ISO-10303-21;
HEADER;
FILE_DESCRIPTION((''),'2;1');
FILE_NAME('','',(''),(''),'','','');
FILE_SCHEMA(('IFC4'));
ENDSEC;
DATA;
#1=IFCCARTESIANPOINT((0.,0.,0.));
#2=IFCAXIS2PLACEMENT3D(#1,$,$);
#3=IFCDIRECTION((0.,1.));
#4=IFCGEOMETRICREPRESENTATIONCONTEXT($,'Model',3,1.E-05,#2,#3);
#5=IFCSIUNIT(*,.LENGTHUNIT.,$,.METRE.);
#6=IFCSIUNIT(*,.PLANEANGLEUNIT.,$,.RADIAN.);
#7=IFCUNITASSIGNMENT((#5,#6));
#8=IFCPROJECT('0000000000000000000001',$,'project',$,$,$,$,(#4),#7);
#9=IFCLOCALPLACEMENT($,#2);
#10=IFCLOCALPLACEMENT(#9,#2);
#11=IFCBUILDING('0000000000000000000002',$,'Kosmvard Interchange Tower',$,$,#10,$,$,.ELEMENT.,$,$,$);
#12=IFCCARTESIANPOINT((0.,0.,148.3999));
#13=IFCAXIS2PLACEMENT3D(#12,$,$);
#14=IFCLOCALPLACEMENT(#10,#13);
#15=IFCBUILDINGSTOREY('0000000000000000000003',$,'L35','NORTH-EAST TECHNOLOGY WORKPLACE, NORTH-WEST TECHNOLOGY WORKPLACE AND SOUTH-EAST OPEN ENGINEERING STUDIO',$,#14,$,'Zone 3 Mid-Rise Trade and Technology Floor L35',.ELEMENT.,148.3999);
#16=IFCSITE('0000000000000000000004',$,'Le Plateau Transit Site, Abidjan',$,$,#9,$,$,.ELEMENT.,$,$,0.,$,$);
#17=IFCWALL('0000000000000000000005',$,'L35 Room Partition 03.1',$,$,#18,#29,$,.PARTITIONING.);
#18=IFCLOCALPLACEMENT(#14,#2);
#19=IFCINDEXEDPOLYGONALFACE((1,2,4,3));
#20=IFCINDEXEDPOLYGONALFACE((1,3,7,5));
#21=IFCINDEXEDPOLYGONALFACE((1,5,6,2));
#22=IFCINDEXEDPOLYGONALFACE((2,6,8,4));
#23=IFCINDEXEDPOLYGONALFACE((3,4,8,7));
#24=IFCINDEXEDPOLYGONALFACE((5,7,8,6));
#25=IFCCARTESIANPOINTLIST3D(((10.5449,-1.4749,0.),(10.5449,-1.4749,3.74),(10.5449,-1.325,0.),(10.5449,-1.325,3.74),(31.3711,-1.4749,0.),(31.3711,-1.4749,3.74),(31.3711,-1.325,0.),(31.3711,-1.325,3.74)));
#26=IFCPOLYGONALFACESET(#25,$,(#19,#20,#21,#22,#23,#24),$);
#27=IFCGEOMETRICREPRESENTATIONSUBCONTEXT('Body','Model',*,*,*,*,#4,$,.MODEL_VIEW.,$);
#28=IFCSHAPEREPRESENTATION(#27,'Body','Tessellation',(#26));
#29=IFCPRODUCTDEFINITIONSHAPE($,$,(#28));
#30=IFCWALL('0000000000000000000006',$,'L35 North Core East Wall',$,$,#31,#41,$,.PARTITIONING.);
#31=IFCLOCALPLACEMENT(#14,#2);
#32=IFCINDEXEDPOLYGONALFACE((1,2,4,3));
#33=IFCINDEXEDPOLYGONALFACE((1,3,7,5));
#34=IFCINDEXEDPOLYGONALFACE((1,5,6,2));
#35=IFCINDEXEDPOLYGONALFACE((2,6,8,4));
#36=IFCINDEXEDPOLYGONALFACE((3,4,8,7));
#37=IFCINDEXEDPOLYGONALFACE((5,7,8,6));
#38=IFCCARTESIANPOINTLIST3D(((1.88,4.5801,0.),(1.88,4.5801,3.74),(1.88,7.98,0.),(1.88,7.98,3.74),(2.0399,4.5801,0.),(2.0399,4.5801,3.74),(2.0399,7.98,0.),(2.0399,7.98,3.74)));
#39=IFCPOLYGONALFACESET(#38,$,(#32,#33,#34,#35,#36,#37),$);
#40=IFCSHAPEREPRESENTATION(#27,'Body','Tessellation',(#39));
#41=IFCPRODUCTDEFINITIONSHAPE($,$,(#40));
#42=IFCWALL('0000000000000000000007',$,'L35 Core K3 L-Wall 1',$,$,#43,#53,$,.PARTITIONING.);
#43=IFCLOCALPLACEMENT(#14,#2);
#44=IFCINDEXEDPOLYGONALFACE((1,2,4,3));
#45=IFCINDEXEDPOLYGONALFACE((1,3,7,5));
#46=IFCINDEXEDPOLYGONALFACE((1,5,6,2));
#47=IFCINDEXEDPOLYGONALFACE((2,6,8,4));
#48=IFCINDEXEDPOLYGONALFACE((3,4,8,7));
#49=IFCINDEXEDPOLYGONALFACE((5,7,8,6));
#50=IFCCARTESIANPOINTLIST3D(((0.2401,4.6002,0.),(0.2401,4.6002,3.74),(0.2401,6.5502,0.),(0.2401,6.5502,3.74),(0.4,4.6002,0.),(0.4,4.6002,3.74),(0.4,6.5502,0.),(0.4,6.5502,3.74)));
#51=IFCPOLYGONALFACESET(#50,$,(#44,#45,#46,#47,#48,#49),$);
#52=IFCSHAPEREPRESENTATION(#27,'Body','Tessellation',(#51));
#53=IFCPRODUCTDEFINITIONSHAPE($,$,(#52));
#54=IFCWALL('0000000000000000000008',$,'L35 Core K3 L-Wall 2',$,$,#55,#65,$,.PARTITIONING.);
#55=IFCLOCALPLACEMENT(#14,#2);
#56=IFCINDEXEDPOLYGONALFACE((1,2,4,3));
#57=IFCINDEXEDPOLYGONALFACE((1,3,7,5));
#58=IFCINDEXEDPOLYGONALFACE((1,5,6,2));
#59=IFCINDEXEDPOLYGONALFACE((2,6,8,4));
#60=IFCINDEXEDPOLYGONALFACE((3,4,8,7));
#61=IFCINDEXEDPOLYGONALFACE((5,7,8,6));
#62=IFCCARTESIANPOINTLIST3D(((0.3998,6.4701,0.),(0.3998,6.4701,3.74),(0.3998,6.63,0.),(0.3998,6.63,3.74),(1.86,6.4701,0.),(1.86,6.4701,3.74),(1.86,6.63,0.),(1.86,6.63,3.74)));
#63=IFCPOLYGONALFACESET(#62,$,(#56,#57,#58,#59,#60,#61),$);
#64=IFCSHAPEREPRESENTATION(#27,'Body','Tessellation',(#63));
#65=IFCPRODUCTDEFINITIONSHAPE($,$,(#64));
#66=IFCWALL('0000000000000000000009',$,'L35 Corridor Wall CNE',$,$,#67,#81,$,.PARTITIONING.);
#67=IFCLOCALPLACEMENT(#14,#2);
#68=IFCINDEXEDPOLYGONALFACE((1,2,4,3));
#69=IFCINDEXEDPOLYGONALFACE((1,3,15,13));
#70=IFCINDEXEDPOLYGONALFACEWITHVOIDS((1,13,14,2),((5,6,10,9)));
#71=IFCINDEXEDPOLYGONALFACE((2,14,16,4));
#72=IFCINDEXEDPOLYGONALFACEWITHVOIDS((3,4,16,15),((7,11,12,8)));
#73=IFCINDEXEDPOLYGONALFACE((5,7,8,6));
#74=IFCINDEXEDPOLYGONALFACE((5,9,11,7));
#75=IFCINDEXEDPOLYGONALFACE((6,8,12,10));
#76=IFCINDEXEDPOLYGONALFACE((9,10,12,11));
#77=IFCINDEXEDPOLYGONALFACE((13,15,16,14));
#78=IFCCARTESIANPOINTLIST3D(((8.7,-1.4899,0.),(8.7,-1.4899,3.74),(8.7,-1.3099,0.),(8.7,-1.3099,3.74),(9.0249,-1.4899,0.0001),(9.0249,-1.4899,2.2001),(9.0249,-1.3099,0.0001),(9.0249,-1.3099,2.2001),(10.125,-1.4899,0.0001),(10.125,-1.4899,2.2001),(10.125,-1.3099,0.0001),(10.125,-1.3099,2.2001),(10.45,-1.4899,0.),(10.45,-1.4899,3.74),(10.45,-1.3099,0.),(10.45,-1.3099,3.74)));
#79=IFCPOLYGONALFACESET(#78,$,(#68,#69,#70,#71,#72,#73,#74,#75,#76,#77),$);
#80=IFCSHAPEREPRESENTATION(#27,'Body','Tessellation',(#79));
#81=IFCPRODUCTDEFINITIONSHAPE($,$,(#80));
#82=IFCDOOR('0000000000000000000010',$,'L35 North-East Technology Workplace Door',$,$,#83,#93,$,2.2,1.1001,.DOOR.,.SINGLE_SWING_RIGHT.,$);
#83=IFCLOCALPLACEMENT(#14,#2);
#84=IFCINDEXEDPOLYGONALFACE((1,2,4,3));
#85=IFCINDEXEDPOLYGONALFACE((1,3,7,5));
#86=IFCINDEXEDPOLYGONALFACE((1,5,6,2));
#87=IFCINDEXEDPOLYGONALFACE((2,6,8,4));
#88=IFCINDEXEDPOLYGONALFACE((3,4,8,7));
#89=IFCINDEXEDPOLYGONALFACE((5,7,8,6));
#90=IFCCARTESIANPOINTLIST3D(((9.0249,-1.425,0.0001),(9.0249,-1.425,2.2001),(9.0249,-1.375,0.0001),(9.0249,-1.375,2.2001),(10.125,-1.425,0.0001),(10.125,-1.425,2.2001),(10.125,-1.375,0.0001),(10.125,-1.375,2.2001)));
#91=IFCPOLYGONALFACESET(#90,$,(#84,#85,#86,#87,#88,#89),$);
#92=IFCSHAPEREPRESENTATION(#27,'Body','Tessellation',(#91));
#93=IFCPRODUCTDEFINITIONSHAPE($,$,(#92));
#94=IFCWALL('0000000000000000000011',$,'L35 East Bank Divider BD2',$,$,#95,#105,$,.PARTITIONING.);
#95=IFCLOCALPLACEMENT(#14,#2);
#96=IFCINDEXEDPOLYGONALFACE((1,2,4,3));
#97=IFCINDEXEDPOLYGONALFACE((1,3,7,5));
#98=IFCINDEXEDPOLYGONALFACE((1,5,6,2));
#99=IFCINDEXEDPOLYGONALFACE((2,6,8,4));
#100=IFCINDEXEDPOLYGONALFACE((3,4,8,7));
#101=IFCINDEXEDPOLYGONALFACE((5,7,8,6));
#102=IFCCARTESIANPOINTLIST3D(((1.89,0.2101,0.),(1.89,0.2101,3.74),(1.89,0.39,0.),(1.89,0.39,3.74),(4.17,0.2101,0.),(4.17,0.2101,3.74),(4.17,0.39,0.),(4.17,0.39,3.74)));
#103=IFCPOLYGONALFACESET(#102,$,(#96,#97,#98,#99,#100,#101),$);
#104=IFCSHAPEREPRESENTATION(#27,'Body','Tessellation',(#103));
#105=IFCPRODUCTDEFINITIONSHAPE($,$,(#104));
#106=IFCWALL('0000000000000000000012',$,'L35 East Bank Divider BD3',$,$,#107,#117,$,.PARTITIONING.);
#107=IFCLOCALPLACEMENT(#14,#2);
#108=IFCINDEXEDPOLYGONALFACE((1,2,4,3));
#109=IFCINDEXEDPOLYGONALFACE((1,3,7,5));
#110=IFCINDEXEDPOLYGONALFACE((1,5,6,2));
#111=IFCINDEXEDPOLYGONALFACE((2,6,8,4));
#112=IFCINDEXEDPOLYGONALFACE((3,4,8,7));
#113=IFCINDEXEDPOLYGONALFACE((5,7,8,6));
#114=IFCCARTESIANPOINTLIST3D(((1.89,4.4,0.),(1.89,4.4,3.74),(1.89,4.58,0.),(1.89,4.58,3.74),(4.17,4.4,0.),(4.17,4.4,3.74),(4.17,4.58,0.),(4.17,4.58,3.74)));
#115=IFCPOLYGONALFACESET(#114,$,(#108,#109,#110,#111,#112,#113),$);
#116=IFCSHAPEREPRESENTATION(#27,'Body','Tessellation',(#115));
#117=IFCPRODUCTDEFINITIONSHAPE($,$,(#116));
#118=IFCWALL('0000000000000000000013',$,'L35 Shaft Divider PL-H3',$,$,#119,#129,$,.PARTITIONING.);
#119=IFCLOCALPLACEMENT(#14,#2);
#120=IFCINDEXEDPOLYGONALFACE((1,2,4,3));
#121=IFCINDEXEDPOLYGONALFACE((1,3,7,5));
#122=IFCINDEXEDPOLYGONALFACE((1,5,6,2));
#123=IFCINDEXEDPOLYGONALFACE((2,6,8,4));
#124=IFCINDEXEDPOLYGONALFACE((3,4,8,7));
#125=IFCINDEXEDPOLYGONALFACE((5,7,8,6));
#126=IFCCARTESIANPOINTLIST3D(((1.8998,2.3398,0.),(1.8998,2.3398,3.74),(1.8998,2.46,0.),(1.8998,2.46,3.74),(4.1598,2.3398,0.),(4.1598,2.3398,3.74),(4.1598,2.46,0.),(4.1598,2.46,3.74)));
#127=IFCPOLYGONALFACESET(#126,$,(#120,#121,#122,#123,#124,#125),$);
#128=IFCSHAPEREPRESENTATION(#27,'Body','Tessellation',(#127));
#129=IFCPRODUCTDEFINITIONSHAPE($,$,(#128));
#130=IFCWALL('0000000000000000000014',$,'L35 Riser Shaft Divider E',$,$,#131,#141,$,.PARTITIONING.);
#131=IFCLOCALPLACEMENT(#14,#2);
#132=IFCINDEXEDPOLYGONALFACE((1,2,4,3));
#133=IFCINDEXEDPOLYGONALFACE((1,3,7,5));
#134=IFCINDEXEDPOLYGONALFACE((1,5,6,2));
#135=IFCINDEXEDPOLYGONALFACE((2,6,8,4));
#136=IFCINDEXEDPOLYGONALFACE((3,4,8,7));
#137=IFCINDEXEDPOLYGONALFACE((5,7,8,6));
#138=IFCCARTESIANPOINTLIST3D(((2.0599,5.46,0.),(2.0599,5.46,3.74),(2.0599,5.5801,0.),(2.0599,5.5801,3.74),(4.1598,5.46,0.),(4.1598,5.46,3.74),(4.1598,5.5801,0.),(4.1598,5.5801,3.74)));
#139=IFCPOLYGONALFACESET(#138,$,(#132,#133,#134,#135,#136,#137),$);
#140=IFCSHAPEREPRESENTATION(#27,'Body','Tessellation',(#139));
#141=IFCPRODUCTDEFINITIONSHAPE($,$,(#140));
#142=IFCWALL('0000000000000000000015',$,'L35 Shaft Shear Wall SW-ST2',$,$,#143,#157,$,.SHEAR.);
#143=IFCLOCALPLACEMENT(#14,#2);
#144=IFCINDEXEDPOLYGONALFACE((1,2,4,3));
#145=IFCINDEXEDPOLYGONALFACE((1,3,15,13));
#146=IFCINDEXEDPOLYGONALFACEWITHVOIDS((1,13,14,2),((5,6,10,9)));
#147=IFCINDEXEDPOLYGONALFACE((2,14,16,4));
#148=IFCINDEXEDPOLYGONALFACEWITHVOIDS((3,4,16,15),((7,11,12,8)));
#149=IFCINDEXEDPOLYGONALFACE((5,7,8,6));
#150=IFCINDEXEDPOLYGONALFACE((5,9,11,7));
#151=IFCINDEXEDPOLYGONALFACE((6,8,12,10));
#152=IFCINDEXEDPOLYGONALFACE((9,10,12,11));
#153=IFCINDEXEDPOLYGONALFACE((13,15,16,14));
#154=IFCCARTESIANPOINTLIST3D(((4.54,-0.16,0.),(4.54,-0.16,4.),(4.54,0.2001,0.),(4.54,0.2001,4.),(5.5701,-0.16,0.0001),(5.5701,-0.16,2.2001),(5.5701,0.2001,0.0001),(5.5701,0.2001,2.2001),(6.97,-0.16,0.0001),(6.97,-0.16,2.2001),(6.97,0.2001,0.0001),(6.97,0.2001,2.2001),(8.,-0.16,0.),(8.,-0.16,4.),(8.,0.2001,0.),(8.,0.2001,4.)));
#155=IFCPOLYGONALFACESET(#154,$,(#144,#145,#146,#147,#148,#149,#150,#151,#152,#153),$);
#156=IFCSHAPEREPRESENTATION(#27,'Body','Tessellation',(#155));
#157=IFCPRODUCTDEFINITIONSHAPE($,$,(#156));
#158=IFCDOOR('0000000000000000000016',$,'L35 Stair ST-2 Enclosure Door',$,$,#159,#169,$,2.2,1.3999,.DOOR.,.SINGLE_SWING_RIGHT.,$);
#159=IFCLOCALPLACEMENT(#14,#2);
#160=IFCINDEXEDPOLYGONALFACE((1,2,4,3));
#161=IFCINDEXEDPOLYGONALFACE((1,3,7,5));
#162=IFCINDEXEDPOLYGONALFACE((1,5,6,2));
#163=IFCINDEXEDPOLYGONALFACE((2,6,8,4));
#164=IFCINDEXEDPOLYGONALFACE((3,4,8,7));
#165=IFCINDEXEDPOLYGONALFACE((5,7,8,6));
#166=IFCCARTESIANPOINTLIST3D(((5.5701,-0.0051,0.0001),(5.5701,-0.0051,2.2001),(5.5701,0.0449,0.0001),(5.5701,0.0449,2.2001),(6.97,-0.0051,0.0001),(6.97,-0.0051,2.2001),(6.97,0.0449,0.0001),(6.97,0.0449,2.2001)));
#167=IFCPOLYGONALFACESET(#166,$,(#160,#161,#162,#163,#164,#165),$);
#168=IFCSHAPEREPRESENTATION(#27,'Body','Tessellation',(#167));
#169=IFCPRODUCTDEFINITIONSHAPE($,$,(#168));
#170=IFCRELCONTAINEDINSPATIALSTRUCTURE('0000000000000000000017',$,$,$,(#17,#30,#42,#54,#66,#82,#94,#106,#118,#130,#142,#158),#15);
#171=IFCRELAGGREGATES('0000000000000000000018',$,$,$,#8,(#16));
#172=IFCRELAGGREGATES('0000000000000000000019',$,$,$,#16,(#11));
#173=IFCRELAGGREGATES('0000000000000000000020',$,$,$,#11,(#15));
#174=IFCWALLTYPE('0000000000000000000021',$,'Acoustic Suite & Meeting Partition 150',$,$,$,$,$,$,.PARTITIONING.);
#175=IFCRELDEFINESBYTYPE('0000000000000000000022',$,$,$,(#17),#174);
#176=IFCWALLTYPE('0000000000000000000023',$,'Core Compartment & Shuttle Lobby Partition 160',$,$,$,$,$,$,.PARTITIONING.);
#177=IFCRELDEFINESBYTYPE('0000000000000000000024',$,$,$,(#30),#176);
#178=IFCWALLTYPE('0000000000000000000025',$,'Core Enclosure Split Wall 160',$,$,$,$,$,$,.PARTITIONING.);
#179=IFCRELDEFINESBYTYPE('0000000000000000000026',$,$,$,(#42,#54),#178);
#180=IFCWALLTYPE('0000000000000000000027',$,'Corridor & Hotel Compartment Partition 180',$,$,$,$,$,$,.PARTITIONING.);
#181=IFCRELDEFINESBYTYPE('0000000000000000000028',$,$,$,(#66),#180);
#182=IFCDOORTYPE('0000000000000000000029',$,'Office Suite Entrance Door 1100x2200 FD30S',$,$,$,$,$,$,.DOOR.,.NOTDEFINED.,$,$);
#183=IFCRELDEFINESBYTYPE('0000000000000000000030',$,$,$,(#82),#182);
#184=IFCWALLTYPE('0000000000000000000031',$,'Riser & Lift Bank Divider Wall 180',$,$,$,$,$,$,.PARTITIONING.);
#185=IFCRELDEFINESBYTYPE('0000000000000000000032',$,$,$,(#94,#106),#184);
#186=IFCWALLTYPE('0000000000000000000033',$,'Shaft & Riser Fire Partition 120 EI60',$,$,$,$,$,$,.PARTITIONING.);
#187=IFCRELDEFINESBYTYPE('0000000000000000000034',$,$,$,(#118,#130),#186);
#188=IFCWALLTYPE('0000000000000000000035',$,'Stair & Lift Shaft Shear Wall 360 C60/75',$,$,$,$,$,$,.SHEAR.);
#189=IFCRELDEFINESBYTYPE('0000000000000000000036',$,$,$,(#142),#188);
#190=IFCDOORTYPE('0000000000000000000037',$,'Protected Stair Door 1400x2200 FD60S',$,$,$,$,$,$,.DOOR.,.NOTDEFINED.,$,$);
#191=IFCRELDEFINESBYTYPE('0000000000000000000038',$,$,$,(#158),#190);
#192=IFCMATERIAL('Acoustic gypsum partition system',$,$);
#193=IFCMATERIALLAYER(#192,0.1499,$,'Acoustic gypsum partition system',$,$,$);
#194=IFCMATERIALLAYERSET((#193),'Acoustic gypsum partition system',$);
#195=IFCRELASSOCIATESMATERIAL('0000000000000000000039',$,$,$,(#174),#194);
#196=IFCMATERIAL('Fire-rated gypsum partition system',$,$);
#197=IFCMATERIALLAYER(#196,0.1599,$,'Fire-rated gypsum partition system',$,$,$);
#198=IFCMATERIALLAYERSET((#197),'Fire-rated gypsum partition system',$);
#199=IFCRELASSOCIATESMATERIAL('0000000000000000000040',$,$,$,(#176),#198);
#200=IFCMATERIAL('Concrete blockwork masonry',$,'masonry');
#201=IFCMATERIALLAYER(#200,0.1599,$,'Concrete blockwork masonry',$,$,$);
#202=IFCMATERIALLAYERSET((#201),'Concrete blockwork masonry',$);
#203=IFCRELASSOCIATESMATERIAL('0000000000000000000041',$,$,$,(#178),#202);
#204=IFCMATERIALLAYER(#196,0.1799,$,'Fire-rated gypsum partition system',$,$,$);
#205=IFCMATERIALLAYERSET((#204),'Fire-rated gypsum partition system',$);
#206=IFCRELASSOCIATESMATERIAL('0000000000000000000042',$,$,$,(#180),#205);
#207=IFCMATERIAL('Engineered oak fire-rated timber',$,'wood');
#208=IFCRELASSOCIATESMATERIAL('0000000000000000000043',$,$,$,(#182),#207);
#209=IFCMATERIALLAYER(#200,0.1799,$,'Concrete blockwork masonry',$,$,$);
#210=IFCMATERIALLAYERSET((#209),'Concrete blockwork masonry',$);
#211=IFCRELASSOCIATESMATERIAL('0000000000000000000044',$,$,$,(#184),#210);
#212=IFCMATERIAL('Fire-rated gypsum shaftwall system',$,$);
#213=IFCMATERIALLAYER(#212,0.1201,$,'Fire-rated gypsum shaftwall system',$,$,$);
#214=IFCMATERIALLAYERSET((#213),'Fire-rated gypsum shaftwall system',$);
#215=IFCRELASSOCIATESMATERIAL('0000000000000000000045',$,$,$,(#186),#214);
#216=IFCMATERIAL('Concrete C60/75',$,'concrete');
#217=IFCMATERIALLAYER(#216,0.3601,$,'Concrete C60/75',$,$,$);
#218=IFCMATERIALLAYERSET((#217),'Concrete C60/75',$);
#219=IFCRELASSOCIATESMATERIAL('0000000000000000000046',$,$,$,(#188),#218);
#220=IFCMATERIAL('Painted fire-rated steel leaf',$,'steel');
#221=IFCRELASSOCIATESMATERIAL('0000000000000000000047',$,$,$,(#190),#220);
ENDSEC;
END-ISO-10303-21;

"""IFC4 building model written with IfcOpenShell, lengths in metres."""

from ifc_helpers import new_model, si_unit, direction, frame, frame_2d, origin, place, context, subcontext, project, spatial, rectangle, extrude, source, transform, mapped, material, layer, layer_set, type_object, element, fill, save


model = new_model("IFC4")

# Units and contexts
model_context = context("Model", 3, precision=1e-05, world=origin(), true_north=direction((0.0, 1.0)))
body_context = subcontext(model_context, "Body", "Model", "MODEL_VIEW")
ifc_project = project(units=[si_unit("LENGTHUNIT", "METRE"), si_unit("PLANEANGLEUNIT", "RADIAN")], contexts=[model_context])

# Site, building, storey
site_placement = place(None, origin())
site = spatial("IfcSite", under=ifc_project, at=site_placement, Name="Le Plateau Transit Site, Abidjan", CompositionType="ELEMENT", RefElevation=0.0)
building_placement = place(site_placement, origin())
building = spatial("IfcBuilding", under=site, at=building_placement, Name="Kosmvard Interchange Tower", CompositionType="ELEMENT")
storey_placement = place(building_placement, frame((0.0, 0.0, 148.3999)))
storey = spatial("IfcBuildingStorey", under=building, at=storey_placement, Name="L35", Description="NORTH-EAST TECHNOLOGY WORKPLACE, NORTH-WEST TECHNOLOGY WORKPLACE AND SOUTH-EAST OPEN ENGINEERING STUDIO", LongName="Zone 3 Mid-Rise Trade and Technology Floor L35", CompositionType="ELEMENT", Elevation=148.3999)

# Walls
ifc_material_1 = material(Name="Acoustic gypsum partition system")
ifc_layer_1 = layer(ifc_material_1, 0.1499, Name="Acoustic gypsum partition system")
ifc_layer_set_1 = layer_set([ifc_layer_1], Name="Acoustic gypsum partition system")
wall_type_1 = type_object("IfcWallType", Name="Acoustic Suite & Meeting Partition 150", PredefinedType="PARTITIONING", material=ifc_layer_set_1)
wall_1_placement = place(storey_placement, frame((10.5449, -1.3999, 0.0), z_axis=(0.0, 0.0, 1.0), x_axis=(1.0, 0.0, 0.0)))
element("IfcWall", 1, at=wall_1_placement, inside=storey, type_object=wall_type_1, Name="L35 Room Partition 03.1", PredefinedType="PARTITIONING", context=body_context, shape_type="SweptSolid", body=[
    extrude(rectangle(XDim=20.8262, YDim=0.1499, at=frame_2d((10.4131, 0.0))), origin(), (0.0, 0.0, 1.0), 3.74),
])
ifc_material_2 = material(Name="Fire-rated gypsum partition system")
ifc_layer_2 = layer(ifc_material_2, 0.1599, Name="Fire-rated gypsum partition system")
ifc_layer_set_2 = layer_set([ifc_layer_2], Name="Fire-rated gypsum partition system")
wall_type_2 = type_object("IfcWallType", Name="Core Compartment & Shuttle Lobby Partition 160", PredefinedType="PARTITIONING", material=ifc_layer_set_2)
wall_2_placement = place(storey_placement, frame((1.96, 4.5801, 0.0), z_axis=(0.0, 0.0, 1.0), x_axis=(0.0, 1.0, 0.0)))
element("IfcWall", 2, at=wall_2_placement, inside=storey, type_object=wall_type_2, Name="L35 North Core East Wall", PredefinedType="PARTITIONING", context=body_context, shape_type="SweptSolid", body=[
    extrude(rectangle(XDim=3.3999, YDim=0.1599, at=frame_2d((1.7, 0.0))), origin(), (0.0, 0.0, 1.0), 3.74),
])
ifc_material_3 = material(Name="Concrete blockwork masonry", Category="masonry")
ifc_layer_3 = layer(ifc_material_3, 0.1599, Name="Concrete blockwork masonry")
ifc_layer_set_3 = layer_set([ifc_layer_3], Name="Concrete blockwork masonry")
wall_type_3 = type_object("IfcWallType", Name="Core Enclosure Split Wall 160", PredefinedType="PARTITIONING", material=ifc_layer_set_3)
wall_3_placement = place(storey_placement, frame((0.3201, 4.6001, 0.0), z_axis=(0.0, 0.0, 1.0), x_axis=(0.0, 1.0, 0.0)))
element("IfcWall", 3, at=wall_3_placement, inside=storey, type_object=wall_type_3, Name="L35 Core K3 L-Wall 1", PredefinedType="PARTITIONING", context=body_context, shape_type="SweptSolid", body=[
    extrude(rectangle(XDim=1.95, YDim=0.1599, at=frame_2d((0.9751, 0.0))), origin(), (0.0, 0.0, 1.0), 3.74),
])
wall_4_placement = place(storey_placement, frame((0.3999, 6.55, 0.0), z_axis=(0.0, 0.0, 1.0), x_axis=(1.0, 0.0, 0.0)))
element("IfcWall", 4, at=wall_4_placement, inside=storey, type_object=wall_type_3, Name="L35 Core K3 L-Wall 2", PredefinedType="PARTITIONING", context=body_context, shape_type="SweptSolid", body=[
    extrude(rectangle(XDim=1.4602, YDim=0.1599, at=frame_2d((0.73, 0.0))), origin(), (0.0, 0.0, 1.0), 3.74),
])

# Wall, opening, door
ifc_layer_4 = layer(ifc_material_2, 0.1799, Name="Fire-rated gypsum partition system")
ifc_layer_set_4 = layer_set([ifc_layer_4], Name="Fire-rated gypsum partition system")
wall_type_4 = type_object("IfcWallType", Name="Corridor & Hotel Compartment Partition 180", PredefinedType="PARTITIONING", material=ifc_layer_set_4)
wall_5_placement = place(storey_placement, frame((8.7, -1.3999, 0.0), z_axis=(0.0, 0.0, 1.0), x_axis=(1.0, 0.0, 0.0)))
wall_5 = element("IfcWall", 5, at=wall_5_placement, inside=storey, type_object=wall_type_4, Name="L35 Corridor Wall CNE", PredefinedType="PARTITIONING", context=body_context, shape_type="SweptSolid", body=[
    extrude(rectangle(XDim=1.75, YDim=0.1799, at=frame_2d((0.875, 0.0))), origin(), (0.0, 0.0, 1.0), 3.74),
])
opening_1_placement = place(wall_5_placement, frame((0.325, 0.0, 0.0)))
opening_1 = element("IfcOpeningElement", 6, at=opening_1_placement, cuts=wall_5, PredefinedType="OPENING", context=body_context, shape_type="SweptSolid", body=[
    extrude(rectangle(XDim=1.1001, YDim=2.2, at=frame_2d((0.55, 1.1001))), frame((0.0, 0.1001, 0.0), z_axis=(0.0, -1.0, 0.0), x_axis=(1.0, 0.0, 0.0)), (0.0, 0.0, 1.0), 0.2),
])
ifc_material_4 = material(Name="Engineered oak fire-rated timber", Category="wood")
door_type_1 = type_object("IfcDoorType", Name="Office Suite Entrance Door 1100x2200 FD30S", OperationType="NOTDEFINED", PredefinedType="DOOR", material=ifc_material_4)
shared_shape_1 = source(origin(), body_context, "Body", "SweptSolid", [
    extrude(rectangle(XDim=1.1001, YDim=2.2, at=frame_2d((0.55, 1.1001))), frame((0.0, 0.0249, 0.0), z_axis=(0.0, -1.0, 0.0), x_axis=(1.0, 0.0, 0.0)), (0.0, 0.0, 1.0), 0.05),
])
door_1_placement = place(opening_1_placement, origin())
door_1 = element("IfcDoor", 7, at=door_1_placement, inside=storey, type_object=door_type_1, Name="L35 North-East Technology Workplace Door", OperationType="SINGLE_SWING_RIGHT", OverallHeight=2.2, OverallWidth=1.1001, PredefinedType="DOOR", context=body_context, shape_type="MappedRepresentation", body=[
    mapped(shared_shape_1, transform((0.0, 0.0, 0.0), scale=1.0)),
])
fill(opening_1, door_1)

# Walls
ifc_layer_5 = layer(ifc_material_3, 0.1799, Name="Concrete blockwork masonry")
ifc_layer_set_5 = layer_set([ifc_layer_5], Name="Concrete blockwork masonry")
wall_type_5 = type_object("IfcWallType", Name="Riser & Lift Bank Divider Wall 180", PredefinedType="PARTITIONING", material=ifc_layer_set_5)
for number, where, z_axis, x_axis, name in (
    (8, (1.8899, 0.3, 0.0), (0.0, 0.0, 1.0), (1.0, 0.0, 0.0), "L35 East Bank Divider BD2"),
    (9, (1.8899, 4.49, 0.0), (0.0, 0.0, 1.0), (1.0, 0.0, 0.0), "L35 East Bank Divider BD3"),
):
    element("IfcWall", number, at=place(storey_placement, frame(where, z_axis=z_axis, x_axis=x_axis)), inside=storey, type_object=wall_type_5, Name=name, PredefinedType="PARTITIONING", context=body_context, shape_type="SweptSolid", body=[
        extrude(rectangle(XDim=2.28, YDim=0.1799, at=frame_2d((1.1401, 0.0))), origin(), (0.0, 0.0, 1.0), 3.74),
    ])
ifc_material_5 = material(Name="Fire-rated gypsum shaftwall system")
ifc_layer_6 = layer(ifc_material_5, 0.1201, Name="Fire-rated gypsum shaftwall system")
ifc_layer_set_6 = layer_set([ifc_layer_6], Name="Fire-rated gypsum shaftwall system")
wall_type_6 = type_object("IfcWallType", Name="Shaft & Riser Fire Partition 120 EI60", PredefinedType="PARTITIONING", material=ifc_layer_set_6)
wall_6_placement = place(storey_placement, frame((1.8999, 2.3999, 0.0), z_axis=(0.0, 0.0, 1.0), x_axis=(1.0, 0.0, 0.0)))
element("IfcWall", 10, at=wall_6_placement, inside=storey, type_object=wall_type_6, Name="L35 Shaft Divider PL-H3", PredefinedType="PARTITIONING", context=body_context, shape_type="SweptSolid", body=[
    extrude(rectangle(XDim=2.26, YDim=0.1201, at=frame_2d((1.1299, 0.0))), origin(), (0.0, 0.0, 1.0), 3.74),
])
wall_7_placement = place(storey_placement, frame((2.0601, 5.52, 0.0), z_axis=(0.0, 0.0, 1.0), x_axis=(1.0, 0.0, 0.0)))
element("IfcWall", 11, at=wall_7_placement, inside=storey, type_object=wall_type_6, Name="L35 Riser Shaft Divider E", PredefinedType="PARTITIONING", context=body_context, shape_type="SweptSolid", body=[
    extrude(rectangle(XDim=2.0999, YDim=0.1201, at=frame_2d((1.0498, 0.0))), origin(), (0.0, 0.0, 1.0), 3.74),
])

# Wall, opening, door
ifc_material_6 = material(Name="Concrete C60/75", Category="concrete")
ifc_layer_7 = layer(ifc_material_6, 0.3601, Name="Concrete C60/75")
ifc_layer_set_7 = layer_set([ifc_layer_7], Name="Concrete C60/75")
wall_type_7 = type_object("IfcWallType", Name="Stair & Lift Shaft Shear Wall 360 C60/75", PredefinedType="SHEAR", material=ifc_layer_set_7)
wall_8_placement = place(storey_placement, frame((4.54, 0.02, 0.0), z_axis=(0.0, 0.0, 1.0), x_axis=(1.0, 0.0, 0.0)))
wall_8 = element("IfcWall", 12, at=wall_8_placement, inside=storey, type_object=wall_type_7, Name="L35 Shaft Shear Wall SW-ST2", PredefinedType="SHEAR", context=body_context, shape_type="SweptSolid", body=[
    extrude(rectangle(XDim=3.46, YDim=0.3601, at=frame_2d((1.73, 0.0))), origin(), (0.0, 0.0, 1.0), 4.0),
])
opening_2_placement = place(wall_8_placement, frame((1.03, 0.0, 0.0)))
opening_2 = element("IfcOpeningElement", 13, at=opening_2_placement, cuts=wall_8, PredefinedType="OPENING", context=body_context, shape_type="SweptSolid", body=[
    extrude(rectangle(XDim=1.3999, YDim=2.2, at=frame_2d((0.7, 1.1001))), frame((0.0, 0.1899, 0.0), z_axis=(0.0, -1.0, 0.0), x_axis=(1.0, 0.0, 0.0)), (0.0, 0.0, 1.0), 0.3801),
])
ifc_material_7 = material(Name="Painted fire-rated steel leaf", Category="steel")
door_type_2 = type_object("IfcDoorType", Name="Protected Stair Door 1400x2200 FD60S", OperationType="NOTDEFINED", PredefinedType="DOOR", material=ifc_material_7)
shared_shape_2 = source(origin(), body_context, "Body", "SweptSolid", [
    extrude(rectangle(XDim=1.3999, YDim=2.2, at=frame_2d((0.7, 1.1001))), frame((0.0, 0.0249, 0.0), z_axis=(0.0, -1.0, 0.0), x_axis=(1.0, 0.0, 0.0)), (0.0, 0.0, 1.0), 0.05),
])
door_2_placement = place(opening_2_placement, origin())
door_2 = element("IfcDoor", 14, at=door_2_placement, inside=storey, type_object=door_type_2, Name="L35 Stair ST-2 Enclosure Door", OperationType="SINGLE_SWING_RIGHT", OverallHeight=2.2, OverallWidth=1.3999, PredefinedType="DOOR", context=body_context, shape_type="MappedRepresentation", body=[
    mapped(shared_shape_2, transform((0.0, 0.0, 0.0), scale=1.0)),
])
fill(opening_2, door_2)

save(model, "model.ifc")
